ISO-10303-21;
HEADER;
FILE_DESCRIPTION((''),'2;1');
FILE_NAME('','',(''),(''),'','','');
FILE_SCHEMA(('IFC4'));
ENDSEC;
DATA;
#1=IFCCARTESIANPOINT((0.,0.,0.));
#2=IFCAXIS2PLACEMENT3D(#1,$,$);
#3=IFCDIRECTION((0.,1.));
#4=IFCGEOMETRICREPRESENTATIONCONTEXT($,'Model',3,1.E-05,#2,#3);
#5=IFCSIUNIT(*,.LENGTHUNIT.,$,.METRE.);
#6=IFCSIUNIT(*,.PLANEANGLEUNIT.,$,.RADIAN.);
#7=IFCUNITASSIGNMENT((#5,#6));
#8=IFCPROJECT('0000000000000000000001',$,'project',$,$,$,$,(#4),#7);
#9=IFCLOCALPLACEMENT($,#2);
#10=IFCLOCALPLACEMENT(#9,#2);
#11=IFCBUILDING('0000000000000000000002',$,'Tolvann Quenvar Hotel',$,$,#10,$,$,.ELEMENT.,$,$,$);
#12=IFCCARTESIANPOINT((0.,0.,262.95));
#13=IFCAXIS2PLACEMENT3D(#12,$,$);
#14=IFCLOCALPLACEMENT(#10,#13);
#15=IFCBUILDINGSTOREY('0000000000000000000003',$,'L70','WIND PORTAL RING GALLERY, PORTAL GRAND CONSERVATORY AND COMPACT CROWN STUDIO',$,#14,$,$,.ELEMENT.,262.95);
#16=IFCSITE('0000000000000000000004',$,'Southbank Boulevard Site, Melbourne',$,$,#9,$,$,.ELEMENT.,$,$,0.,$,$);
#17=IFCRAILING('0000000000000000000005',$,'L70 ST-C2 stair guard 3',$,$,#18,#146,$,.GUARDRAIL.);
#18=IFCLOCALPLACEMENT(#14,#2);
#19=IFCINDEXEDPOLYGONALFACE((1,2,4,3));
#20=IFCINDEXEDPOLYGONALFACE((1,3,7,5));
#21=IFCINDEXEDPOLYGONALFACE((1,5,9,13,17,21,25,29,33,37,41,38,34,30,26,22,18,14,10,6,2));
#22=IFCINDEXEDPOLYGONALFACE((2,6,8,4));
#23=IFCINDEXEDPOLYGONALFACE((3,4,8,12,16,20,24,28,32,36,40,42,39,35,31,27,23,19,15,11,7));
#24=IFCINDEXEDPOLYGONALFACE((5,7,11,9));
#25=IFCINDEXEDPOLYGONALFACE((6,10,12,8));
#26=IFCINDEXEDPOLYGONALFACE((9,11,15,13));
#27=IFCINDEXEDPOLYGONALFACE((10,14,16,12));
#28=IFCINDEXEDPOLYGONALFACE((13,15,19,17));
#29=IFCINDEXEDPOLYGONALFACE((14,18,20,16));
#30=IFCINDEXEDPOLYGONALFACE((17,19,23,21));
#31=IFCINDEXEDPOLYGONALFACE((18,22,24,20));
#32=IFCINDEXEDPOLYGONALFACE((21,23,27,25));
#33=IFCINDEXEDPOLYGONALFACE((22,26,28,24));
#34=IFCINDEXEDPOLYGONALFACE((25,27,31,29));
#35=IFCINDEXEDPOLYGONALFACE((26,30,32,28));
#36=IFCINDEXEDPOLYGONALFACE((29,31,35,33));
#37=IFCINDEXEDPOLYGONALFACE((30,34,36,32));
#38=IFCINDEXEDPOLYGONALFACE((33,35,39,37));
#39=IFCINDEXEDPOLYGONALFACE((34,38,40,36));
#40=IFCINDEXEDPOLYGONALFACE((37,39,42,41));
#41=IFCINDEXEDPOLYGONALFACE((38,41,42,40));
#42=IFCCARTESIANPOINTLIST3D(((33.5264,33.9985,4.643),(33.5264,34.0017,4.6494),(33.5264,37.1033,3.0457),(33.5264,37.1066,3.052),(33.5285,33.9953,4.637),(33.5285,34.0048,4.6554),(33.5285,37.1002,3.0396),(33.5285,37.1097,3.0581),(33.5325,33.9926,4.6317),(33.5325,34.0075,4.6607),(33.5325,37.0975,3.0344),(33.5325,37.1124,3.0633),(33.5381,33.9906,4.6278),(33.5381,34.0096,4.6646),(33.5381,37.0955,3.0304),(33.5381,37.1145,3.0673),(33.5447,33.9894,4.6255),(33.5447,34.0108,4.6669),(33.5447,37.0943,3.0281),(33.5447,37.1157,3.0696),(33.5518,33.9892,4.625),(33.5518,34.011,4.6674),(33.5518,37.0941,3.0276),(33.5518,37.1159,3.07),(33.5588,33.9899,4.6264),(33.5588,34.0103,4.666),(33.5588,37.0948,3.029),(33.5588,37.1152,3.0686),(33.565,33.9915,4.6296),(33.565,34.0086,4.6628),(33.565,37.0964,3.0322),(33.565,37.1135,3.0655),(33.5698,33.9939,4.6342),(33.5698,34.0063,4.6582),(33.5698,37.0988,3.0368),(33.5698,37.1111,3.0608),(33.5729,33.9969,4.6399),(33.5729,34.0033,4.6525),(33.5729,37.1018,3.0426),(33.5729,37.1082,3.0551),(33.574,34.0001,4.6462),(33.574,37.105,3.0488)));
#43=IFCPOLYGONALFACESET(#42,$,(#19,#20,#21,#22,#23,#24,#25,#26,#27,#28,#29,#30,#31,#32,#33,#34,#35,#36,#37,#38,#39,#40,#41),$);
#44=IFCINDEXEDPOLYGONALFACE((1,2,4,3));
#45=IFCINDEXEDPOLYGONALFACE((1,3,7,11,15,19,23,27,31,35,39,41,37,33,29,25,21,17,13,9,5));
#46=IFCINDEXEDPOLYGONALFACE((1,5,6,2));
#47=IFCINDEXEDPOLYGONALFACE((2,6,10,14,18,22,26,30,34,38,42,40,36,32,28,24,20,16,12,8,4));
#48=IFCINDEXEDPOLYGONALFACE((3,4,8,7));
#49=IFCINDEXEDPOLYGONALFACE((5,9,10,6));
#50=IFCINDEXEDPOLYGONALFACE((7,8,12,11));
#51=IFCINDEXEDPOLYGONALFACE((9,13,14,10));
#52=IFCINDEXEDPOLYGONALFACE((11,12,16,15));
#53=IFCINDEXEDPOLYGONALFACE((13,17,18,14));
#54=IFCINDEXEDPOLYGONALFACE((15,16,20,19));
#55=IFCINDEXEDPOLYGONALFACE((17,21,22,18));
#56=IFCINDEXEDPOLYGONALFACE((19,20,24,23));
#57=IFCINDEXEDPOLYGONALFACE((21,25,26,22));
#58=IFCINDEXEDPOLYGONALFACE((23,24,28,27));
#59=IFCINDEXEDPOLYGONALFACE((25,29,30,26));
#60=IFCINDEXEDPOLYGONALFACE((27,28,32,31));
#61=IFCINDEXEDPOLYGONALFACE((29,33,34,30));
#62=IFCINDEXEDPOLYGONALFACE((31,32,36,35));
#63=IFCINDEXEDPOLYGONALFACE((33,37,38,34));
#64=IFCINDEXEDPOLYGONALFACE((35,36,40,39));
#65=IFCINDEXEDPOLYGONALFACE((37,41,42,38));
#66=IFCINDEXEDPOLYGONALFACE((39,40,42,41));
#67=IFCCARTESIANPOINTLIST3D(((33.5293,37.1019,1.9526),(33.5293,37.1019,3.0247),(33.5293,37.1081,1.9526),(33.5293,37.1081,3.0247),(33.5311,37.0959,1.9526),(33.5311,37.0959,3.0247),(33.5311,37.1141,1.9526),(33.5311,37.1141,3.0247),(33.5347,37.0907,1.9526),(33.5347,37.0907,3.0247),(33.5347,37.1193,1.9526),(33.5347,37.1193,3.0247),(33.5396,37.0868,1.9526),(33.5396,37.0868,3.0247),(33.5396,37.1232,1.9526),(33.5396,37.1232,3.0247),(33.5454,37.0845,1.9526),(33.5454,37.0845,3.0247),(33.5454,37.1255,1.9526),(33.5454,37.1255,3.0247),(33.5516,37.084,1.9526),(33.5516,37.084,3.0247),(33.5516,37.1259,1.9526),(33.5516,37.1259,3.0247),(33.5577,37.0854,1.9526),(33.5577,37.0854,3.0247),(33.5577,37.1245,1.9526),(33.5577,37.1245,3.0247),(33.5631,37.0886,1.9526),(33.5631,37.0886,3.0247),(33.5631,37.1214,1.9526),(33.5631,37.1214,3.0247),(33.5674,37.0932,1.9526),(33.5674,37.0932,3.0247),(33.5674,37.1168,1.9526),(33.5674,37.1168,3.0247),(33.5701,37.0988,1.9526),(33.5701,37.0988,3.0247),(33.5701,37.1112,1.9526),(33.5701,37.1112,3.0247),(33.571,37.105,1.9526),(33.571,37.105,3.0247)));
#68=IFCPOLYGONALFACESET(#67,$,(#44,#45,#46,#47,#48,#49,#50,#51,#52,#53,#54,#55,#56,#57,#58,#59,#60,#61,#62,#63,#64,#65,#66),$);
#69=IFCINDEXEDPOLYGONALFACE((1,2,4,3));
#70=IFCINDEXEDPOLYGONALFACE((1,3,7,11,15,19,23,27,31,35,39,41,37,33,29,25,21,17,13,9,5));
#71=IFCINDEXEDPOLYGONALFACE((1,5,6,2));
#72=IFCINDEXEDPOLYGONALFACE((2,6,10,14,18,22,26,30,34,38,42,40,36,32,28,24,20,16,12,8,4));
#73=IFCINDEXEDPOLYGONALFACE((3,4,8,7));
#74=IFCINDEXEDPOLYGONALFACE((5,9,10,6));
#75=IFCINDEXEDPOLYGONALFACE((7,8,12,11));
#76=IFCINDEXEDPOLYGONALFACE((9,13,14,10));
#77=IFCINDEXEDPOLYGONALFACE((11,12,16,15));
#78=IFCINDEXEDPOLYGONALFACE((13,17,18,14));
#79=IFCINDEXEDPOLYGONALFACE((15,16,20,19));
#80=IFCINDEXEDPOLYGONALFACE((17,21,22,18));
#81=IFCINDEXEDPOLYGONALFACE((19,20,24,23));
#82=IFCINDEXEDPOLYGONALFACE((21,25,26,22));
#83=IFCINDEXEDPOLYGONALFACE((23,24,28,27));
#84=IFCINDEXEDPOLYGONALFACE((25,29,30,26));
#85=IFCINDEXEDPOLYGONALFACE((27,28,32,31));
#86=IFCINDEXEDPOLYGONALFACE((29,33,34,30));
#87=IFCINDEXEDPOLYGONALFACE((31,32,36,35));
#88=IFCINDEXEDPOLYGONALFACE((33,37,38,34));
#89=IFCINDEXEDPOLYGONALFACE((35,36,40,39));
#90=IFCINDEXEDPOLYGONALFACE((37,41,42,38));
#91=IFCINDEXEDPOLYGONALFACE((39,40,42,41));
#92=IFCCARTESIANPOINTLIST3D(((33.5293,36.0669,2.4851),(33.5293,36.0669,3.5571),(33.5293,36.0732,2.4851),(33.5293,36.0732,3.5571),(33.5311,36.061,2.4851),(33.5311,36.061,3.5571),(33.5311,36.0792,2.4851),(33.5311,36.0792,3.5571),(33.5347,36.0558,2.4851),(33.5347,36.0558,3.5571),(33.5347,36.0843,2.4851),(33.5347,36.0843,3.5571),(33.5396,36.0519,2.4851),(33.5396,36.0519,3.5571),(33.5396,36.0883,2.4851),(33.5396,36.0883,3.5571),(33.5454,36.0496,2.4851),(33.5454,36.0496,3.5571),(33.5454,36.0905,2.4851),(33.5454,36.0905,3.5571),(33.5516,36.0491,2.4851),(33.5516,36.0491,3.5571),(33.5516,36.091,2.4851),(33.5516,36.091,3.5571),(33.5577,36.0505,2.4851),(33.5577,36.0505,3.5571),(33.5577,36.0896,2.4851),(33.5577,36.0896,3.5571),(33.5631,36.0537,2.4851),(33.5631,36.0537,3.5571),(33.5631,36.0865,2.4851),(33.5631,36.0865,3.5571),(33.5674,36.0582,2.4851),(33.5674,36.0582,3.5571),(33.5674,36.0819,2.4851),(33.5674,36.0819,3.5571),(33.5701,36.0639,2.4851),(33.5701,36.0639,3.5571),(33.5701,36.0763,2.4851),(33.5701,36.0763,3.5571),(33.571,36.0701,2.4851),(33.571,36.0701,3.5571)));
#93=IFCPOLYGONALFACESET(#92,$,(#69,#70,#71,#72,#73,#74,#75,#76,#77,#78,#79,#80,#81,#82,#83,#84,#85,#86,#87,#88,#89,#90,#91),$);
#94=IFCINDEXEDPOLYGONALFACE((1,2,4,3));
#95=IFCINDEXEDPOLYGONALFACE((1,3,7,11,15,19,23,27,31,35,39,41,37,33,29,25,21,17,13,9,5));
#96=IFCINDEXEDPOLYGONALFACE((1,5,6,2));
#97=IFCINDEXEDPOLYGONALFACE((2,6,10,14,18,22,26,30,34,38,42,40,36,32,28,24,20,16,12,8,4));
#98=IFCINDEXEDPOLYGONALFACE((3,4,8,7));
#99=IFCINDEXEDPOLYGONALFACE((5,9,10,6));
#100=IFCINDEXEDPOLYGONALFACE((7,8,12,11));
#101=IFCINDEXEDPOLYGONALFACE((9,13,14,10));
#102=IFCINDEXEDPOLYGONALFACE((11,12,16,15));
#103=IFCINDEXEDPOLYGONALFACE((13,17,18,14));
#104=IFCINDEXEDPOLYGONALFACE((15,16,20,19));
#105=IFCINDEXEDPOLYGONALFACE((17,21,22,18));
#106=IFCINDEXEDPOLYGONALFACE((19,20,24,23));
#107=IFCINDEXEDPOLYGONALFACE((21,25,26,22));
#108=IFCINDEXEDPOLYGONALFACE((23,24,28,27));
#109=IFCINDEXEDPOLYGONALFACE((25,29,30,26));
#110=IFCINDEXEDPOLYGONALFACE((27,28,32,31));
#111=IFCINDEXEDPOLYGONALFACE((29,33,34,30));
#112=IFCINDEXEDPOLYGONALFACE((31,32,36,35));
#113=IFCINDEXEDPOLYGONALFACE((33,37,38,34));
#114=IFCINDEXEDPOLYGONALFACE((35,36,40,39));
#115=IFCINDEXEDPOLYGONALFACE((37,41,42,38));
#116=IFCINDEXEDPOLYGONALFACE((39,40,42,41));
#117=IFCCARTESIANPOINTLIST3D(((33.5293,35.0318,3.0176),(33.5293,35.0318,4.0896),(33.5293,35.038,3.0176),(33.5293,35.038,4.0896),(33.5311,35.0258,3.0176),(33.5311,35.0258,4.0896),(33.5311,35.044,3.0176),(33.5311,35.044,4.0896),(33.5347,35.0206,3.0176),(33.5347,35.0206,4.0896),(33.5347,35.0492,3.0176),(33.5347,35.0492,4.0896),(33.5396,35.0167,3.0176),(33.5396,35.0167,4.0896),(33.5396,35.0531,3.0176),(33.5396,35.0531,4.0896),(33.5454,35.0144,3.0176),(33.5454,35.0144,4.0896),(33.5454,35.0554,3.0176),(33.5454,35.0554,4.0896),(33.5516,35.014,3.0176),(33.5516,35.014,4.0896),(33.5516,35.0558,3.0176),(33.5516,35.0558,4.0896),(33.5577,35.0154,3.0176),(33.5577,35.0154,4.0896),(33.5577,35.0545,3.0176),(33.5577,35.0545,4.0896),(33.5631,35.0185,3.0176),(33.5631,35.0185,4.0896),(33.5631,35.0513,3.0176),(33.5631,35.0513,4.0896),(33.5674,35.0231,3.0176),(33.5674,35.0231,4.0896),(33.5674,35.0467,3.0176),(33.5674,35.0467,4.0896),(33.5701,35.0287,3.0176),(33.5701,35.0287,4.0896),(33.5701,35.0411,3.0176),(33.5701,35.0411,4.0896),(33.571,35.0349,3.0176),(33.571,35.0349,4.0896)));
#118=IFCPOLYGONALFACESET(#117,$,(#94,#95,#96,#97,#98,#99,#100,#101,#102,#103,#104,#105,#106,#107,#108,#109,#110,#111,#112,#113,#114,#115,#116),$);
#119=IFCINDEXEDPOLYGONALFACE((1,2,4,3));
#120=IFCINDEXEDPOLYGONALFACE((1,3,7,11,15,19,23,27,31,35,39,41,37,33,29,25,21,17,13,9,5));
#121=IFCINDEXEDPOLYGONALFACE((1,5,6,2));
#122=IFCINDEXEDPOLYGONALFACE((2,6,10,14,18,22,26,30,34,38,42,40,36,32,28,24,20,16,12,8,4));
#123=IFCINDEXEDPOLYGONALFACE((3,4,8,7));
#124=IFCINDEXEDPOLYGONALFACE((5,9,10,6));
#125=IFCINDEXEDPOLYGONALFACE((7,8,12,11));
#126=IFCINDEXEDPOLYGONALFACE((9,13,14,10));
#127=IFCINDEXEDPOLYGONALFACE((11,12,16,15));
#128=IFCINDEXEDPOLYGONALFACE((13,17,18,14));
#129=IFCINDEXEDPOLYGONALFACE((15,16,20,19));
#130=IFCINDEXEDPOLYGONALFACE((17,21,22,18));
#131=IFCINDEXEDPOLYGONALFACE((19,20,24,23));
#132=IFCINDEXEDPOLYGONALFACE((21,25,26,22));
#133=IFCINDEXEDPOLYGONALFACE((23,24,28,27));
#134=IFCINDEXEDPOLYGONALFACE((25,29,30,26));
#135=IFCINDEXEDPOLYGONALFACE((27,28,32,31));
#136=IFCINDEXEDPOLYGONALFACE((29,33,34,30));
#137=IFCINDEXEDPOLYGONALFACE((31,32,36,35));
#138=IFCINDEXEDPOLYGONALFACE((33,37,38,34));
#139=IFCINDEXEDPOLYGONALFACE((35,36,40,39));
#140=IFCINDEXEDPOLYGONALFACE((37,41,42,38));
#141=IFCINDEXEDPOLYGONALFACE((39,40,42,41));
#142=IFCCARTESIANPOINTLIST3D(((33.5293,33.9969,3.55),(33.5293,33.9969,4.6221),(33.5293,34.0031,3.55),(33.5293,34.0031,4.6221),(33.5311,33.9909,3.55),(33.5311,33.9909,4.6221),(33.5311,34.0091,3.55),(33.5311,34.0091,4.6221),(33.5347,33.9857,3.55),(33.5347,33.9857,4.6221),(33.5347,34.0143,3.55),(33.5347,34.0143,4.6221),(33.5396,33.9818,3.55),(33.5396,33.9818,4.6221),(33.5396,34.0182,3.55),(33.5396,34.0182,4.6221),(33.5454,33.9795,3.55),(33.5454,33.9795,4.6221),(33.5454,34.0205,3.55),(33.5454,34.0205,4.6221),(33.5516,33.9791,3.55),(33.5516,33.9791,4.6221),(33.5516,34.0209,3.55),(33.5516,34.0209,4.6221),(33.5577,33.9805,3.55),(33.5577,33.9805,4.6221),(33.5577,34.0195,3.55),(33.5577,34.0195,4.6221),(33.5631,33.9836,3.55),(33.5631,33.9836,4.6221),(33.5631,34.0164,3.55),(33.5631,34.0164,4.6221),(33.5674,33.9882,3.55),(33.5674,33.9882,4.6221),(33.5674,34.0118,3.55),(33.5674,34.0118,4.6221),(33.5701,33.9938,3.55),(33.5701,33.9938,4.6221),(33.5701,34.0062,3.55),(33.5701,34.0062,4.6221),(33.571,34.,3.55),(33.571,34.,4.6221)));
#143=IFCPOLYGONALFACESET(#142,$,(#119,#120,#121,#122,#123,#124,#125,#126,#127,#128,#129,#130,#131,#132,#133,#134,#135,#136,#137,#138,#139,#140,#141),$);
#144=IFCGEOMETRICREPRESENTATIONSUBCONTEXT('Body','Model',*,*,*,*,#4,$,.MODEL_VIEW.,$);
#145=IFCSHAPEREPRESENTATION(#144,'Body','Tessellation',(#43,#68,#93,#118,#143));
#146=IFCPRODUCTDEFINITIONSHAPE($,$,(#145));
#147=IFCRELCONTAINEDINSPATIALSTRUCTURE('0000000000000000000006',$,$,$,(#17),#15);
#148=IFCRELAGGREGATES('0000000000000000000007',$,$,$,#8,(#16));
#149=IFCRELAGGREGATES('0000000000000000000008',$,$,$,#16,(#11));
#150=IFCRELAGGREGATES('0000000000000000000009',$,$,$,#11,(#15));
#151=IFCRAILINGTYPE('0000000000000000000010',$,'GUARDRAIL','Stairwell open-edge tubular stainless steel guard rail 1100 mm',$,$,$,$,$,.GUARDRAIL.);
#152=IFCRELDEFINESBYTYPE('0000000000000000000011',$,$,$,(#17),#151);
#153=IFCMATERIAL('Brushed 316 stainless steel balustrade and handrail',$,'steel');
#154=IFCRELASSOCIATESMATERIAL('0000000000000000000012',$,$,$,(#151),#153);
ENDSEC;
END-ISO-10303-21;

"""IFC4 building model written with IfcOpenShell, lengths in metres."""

from ifc_helpers import new_model, si_unit, direction, frame, origin, origin_2d, place, context, subcontext, project, spatial, circle, extrude, material, type_object, element, save


model = new_model("IFC4")

# Units and contexts
model_context = context("Model", 3, precision=1e-05, world=origin(), true_north=direction((0.0, 1.0)))
body_context = subcontext(model_context, "Body", "Model", "MODEL_VIEW")
ifc_project = project(units=[si_unit("LENGTHUNIT", "METRE"), si_unit("PLANEANGLEUNIT", "RADIAN")], contexts=[model_context])

# Site, building, storey
site_placement = place(None, origin())
site = spatial("IfcSite", under=ifc_project, at=site_placement, Name="Southbank Boulevard Site, Melbourne", CompositionType="ELEMENT", RefElevation=0.0)
building_placement = place(site_placement, origin())
building = spatial("IfcBuilding", under=site, at=building_placement, Name="Tolvann Quenvar Hotel", CompositionType="ELEMENT")
storey_placement = place(building_placement, frame((0.0, 0.0, 262.95)))
storey = spatial("IfcBuildingStorey", under=building, at=storey_placement, Name="L70", Description="WIND PORTAL RING GALLERY, PORTAL GRAND CONSERVATORY AND COMPACT CROWN STUDIO", CompositionType="ELEMENT", Elevation=262.95)

# Railing
ifc_material_1 = material(Name="Brushed 316 stainless steel balustrade and handrail", Category="steel")
railing_type_1 = type_object("IfcRailingType", Name="GUARDRAIL", Description="Stairwell open-edge tubular stainless steel guard rail 1100 mm", PredefinedType="GUARDRAIL", material=ifc_material_1)
railing_1_placement = place(storey_placement, frame((33.55, 37.105, 1.9526)))
element("IfcRailing", 1, at=railing_1_placement, inside=storey, type_object=railing_type_1, Name="L70 ST-C2 stair guard 3", PredefinedType="GUARDRAIL", context=body_context, shape_type="SweptSolid", body=[
    extrude(circle(Radius=0.0239, at=origin_2d()), frame((0.0, 0.0, 1.0962), z_axis=(0.0, -0.889222, 0.457476), x_axis=(1.0, 0.0, 0.0)), (0.0, 0.0, 1.0), 3.4917),
    extrude(circle(Radius=0.021, at=origin_2d()), origin(), (0.0, 0.0, 1.0), 1.072),
    extrude(circle(Radius=0.021, at=origin_2d()), frame((0.0, -1.0349, 0.5325)), (0.0, 0.0, 1.0), 1.072),
    extrude(circle(Radius=0.021, at=origin_2d()), frame((0.0, -2.0701, 1.0649)), (0.0, 0.0, 1.0), 1.072),
    extrude(circle(Radius=0.021, at=origin_2d()), frame((0.0, -3.105, 1.5974)), (0.0, 0.0, 1.0), 1.072),
])

save(model, "model.ifc")
